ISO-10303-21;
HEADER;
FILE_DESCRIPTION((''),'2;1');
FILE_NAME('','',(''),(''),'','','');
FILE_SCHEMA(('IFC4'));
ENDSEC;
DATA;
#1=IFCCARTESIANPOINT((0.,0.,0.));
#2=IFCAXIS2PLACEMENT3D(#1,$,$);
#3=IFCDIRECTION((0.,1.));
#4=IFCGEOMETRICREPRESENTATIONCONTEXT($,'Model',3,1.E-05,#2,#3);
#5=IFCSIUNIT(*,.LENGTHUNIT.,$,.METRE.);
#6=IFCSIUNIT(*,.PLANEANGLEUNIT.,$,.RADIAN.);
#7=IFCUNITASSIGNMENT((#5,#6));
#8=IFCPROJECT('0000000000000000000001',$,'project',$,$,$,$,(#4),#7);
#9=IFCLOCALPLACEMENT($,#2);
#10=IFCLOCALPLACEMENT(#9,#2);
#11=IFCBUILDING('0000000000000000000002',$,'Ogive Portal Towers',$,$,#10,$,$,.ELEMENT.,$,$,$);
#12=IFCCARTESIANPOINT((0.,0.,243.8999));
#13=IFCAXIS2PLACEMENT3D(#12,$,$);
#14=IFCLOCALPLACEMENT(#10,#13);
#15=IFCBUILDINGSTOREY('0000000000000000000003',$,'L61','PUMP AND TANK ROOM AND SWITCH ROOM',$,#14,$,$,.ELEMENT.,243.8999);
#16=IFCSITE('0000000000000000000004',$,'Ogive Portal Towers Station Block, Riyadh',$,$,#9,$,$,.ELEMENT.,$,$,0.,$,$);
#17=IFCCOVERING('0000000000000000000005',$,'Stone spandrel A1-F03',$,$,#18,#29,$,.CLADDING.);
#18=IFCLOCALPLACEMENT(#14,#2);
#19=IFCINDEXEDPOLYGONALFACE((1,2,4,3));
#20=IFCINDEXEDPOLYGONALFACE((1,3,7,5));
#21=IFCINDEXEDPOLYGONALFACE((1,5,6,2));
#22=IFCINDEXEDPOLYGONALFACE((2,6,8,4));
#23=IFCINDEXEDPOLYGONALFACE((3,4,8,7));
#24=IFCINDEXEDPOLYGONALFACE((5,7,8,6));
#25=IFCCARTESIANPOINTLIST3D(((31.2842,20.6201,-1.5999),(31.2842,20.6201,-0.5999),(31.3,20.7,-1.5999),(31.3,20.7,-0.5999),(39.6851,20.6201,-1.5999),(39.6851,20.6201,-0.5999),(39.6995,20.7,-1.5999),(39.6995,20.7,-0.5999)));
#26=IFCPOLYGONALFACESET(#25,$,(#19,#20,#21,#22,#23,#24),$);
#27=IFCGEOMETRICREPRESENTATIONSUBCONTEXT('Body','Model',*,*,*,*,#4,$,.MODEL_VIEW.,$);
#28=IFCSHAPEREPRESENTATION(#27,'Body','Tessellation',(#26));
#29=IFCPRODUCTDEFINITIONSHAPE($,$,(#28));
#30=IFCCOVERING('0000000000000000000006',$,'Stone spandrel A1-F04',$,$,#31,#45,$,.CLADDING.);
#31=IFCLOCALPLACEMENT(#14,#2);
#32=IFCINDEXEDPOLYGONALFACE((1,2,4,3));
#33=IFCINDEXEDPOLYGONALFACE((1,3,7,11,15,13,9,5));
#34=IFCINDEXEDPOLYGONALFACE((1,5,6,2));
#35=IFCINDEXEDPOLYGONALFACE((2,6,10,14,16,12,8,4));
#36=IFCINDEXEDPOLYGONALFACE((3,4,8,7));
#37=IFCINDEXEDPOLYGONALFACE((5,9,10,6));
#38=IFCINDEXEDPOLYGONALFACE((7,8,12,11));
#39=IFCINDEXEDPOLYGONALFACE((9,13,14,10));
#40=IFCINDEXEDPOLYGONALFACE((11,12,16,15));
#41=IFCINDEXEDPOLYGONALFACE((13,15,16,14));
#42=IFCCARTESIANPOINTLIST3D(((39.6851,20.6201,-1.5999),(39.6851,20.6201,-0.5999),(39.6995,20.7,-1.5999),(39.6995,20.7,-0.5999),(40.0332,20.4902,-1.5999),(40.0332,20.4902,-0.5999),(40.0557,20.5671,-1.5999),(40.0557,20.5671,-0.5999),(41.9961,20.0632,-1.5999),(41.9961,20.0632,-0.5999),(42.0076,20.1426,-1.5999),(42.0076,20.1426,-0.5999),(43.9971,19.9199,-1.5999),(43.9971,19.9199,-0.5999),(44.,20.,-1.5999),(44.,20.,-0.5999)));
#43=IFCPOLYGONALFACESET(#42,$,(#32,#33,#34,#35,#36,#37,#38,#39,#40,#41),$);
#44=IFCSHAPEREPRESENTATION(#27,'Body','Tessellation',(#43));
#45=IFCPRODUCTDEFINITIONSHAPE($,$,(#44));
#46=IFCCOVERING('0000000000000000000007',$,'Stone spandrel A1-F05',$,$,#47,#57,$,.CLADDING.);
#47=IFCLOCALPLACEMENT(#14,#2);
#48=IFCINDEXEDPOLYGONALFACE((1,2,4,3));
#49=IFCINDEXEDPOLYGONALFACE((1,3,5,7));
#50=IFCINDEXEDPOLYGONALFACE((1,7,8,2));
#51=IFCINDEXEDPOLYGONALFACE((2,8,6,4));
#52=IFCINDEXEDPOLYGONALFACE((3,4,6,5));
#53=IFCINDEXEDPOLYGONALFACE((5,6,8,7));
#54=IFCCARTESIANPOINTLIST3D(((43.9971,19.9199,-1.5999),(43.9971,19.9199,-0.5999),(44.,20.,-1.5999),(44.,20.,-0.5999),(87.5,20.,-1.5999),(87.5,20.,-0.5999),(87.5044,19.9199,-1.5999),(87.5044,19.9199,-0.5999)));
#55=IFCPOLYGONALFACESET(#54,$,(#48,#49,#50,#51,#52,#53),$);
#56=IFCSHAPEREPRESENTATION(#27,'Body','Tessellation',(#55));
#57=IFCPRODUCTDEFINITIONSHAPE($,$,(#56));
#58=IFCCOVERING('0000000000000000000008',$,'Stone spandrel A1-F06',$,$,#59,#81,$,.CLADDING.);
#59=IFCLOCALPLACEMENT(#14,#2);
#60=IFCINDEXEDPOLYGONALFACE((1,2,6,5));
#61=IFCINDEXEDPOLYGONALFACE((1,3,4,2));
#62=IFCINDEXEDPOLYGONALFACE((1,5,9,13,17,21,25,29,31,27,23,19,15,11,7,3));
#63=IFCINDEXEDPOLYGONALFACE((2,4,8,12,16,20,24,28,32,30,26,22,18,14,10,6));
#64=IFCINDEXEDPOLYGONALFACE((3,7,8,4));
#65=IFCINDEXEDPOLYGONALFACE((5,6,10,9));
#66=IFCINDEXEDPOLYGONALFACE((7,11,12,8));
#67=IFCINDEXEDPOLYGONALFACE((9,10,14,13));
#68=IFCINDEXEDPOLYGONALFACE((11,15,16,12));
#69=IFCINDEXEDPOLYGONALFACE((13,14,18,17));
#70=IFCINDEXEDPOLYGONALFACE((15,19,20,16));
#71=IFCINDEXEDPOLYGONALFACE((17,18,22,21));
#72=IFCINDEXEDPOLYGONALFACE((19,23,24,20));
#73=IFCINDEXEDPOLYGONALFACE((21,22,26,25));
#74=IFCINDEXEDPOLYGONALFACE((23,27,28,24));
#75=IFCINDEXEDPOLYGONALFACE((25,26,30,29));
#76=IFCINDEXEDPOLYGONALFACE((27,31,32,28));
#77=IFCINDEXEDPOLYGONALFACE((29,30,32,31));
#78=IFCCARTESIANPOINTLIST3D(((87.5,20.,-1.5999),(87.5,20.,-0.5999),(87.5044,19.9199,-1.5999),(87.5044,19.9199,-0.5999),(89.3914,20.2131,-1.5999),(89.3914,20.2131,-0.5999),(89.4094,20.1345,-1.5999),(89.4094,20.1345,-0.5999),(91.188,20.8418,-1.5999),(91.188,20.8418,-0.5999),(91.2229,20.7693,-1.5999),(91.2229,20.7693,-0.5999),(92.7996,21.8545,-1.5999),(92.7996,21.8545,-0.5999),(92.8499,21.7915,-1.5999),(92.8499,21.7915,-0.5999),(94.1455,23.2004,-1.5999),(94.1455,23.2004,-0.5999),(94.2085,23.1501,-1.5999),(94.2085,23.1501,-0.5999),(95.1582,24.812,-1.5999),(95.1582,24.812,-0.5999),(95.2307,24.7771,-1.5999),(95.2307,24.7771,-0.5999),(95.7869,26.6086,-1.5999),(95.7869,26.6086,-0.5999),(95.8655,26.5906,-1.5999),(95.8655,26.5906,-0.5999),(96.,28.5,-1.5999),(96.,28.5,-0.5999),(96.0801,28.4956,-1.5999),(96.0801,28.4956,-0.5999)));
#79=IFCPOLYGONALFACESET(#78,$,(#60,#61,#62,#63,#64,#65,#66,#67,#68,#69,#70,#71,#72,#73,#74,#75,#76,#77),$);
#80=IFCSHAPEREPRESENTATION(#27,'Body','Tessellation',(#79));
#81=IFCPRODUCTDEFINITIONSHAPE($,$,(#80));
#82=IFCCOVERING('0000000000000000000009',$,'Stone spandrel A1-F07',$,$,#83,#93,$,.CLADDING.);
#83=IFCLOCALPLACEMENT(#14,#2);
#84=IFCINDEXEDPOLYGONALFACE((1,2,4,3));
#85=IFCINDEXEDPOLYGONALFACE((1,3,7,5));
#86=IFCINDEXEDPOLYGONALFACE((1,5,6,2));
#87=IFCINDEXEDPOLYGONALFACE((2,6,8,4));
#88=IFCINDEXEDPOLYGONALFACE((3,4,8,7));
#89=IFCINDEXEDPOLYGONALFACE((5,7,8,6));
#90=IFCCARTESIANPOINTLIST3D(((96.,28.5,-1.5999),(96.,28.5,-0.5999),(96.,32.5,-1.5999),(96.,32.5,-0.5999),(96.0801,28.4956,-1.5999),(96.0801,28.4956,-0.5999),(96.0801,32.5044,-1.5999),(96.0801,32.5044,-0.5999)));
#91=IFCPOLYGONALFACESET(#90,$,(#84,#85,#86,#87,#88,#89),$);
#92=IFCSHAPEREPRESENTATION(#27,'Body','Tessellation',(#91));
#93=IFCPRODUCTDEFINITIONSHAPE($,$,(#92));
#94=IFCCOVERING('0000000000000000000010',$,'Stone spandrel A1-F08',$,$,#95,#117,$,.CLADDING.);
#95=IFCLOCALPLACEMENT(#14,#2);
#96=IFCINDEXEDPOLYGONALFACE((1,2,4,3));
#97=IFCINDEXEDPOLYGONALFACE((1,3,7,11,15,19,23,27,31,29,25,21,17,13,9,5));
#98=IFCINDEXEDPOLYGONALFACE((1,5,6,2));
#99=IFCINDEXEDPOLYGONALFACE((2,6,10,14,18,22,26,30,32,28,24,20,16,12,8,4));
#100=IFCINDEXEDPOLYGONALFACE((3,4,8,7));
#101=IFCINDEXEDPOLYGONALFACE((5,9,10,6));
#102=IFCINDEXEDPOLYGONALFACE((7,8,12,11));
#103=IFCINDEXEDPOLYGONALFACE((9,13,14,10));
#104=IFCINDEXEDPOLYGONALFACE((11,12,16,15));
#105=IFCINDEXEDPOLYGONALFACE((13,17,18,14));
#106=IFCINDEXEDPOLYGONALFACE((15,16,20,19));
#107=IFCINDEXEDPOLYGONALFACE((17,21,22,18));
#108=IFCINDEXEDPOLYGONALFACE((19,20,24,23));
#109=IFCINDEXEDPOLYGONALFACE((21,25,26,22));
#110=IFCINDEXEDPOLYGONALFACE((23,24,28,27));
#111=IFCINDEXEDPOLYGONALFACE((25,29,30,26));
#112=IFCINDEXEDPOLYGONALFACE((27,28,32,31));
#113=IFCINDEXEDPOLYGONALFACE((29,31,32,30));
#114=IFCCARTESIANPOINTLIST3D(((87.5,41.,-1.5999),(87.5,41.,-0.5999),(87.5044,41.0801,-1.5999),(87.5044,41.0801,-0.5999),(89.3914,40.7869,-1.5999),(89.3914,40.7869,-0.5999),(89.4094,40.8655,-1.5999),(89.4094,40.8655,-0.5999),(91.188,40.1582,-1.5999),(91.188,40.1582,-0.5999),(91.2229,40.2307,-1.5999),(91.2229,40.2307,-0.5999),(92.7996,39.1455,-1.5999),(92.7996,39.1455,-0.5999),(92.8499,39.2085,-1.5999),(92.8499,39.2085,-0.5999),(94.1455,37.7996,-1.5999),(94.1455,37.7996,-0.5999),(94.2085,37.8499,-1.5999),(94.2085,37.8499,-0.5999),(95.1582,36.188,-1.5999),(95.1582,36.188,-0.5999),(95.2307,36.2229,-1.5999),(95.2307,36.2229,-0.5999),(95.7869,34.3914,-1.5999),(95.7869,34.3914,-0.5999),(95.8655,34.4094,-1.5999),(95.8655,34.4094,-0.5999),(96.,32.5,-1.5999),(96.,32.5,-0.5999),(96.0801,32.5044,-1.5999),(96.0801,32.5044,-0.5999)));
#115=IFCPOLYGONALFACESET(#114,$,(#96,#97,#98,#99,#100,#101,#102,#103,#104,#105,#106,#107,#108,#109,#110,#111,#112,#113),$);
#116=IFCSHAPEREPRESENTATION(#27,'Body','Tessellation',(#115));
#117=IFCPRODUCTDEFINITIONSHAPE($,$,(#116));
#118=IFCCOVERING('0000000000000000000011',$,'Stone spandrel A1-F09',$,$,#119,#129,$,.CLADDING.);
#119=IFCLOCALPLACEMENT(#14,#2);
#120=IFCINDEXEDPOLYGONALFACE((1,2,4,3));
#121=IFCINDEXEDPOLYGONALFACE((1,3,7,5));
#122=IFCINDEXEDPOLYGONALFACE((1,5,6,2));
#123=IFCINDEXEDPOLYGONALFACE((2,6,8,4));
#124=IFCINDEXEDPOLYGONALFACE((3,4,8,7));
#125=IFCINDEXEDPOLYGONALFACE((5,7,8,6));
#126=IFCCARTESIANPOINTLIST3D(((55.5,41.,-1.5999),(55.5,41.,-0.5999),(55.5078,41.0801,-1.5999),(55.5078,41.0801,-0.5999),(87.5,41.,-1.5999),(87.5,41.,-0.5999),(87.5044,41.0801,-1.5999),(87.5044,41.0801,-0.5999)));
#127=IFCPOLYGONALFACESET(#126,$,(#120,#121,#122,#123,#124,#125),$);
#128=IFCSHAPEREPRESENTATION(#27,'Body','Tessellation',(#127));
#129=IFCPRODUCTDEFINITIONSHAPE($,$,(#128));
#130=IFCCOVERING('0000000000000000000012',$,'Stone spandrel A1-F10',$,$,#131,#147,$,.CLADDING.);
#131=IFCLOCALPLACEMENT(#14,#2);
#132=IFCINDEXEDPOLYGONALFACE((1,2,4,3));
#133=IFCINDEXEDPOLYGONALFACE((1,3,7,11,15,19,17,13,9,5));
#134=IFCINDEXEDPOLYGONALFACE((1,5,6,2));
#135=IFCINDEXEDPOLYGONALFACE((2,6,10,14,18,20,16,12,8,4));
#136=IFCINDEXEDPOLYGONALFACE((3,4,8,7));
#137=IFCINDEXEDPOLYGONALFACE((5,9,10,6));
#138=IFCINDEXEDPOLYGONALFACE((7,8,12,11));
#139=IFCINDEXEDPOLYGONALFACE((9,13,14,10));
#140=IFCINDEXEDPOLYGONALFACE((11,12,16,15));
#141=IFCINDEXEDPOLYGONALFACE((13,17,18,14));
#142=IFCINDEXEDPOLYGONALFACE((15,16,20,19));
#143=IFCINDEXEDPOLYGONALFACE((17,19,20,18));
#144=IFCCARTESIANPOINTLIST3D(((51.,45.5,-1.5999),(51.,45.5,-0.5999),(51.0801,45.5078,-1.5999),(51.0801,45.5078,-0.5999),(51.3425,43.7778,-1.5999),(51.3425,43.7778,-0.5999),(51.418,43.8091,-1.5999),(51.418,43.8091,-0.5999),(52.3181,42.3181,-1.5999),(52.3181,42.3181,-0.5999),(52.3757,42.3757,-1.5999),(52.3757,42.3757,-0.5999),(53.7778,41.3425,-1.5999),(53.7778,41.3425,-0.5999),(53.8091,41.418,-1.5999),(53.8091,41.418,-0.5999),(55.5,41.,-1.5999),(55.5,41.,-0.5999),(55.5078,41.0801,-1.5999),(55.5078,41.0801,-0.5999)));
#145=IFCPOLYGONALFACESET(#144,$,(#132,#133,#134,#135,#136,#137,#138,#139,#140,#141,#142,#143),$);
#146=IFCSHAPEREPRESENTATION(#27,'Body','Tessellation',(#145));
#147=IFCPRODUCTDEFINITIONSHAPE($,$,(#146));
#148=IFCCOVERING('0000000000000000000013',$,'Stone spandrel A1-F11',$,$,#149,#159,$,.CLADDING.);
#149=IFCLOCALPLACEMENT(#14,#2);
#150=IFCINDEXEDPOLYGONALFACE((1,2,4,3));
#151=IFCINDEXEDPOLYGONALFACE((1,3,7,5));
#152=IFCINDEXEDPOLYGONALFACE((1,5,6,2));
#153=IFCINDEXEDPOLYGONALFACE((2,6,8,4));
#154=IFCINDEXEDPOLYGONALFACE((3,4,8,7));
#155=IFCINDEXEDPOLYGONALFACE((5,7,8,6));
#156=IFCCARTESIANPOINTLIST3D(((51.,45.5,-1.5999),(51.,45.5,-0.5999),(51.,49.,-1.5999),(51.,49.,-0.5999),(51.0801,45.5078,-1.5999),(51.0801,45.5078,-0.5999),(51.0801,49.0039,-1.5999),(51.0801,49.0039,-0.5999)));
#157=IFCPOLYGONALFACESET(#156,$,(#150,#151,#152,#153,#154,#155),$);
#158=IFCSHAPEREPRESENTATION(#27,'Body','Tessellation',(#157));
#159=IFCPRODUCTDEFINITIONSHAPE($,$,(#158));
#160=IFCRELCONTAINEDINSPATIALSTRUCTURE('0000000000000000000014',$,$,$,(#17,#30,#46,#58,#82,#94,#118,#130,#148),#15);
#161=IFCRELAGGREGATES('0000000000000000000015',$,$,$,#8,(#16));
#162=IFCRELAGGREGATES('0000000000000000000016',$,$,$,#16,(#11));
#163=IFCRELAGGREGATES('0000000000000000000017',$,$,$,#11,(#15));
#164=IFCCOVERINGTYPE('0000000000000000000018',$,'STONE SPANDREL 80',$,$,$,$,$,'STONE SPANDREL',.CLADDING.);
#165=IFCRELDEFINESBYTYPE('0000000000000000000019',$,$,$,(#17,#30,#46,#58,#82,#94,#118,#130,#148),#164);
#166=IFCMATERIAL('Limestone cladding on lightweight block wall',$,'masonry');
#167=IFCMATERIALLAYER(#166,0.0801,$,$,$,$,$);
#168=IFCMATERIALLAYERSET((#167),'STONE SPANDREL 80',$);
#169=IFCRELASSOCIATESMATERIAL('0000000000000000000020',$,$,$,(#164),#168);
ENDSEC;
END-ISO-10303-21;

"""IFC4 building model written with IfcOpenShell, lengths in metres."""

from ifc_helpers import new_model, si_unit, direction, frame, origin, place, context, subcontext, project, spatial, polyline, outline, extrude, material, layer, layer_set, type_object, element, save


model = new_model("IFC4")

# Units and contexts
model_context = context("Model", 3, precision=1e-05, world=origin(), true_north=direction((0.0, 1.0)))
body_context = subcontext(model_context, "Body", "Model", "MODEL_VIEW")
ifc_project = project(units=[si_unit("LENGTHUNIT", "METRE"), si_unit("PLANEANGLEUNIT", "RADIAN")], contexts=[model_context])

# Site, building, storey
site_placement = place(None, origin())
site = spatial("IfcSite", under=ifc_project, at=site_placement, Name="Ogive Portal Towers Station Block, Riyadh", CompositionType="ELEMENT", RefElevation=0.0)
building_placement = place(site_placement, origin())
building = spatial("IfcBuilding", under=site, at=building_placement, Name="Ogive Portal Towers", CompositionType="ELEMENT")
storey_placement = place(building_placement, frame((0.0, 0.0, 243.8999)))
storey = spatial("IfcBuildingStorey", under=building, at=storey_placement, Name="L61", Description="PUMP AND TANK ROOM AND SWITCH ROOM", CompositionType="ELEMENT", Elevation=243.8999)

# Coverings
ifc_material_1 = material(Name="Limestone cladding on lightweight block wall", Category="masonry")
ifc_layer_1 = layer(ifc_material_1, 0.0801)
ifc_layer_set_1 = layer_set([ifc_layer_1], Name="STONE SPANDREL 80")
covering_type_1 = type_object("IfcCoveringType", Name="STONE SPANDREL 80", ElementType="STONE SPANDREL", PredefinedType="CLADDING", material=ifc_layer_set_1)
covering_1_placement = place(storey_placement, frame((0.0, 0.0, -1.5999)))
element("IfcCovering", 1, at=covering_1_placement, inside=storey, type_object=covering_type_1, Name="Stone spandrel A1-F03", PredefinedType="CLADDING", context=body_context, shape_type="SweptSolid", body=[
    extrude(outline(polyline([(31.3, 20.7), (39.6995, 20.7), (39.6851, 20.6201), (31.2842, 20.6201), (31.3, 20.7)])), origin(), (0.0, 0.0, 1.0), 1.0),
])
covering_2_placement = place(storey_placement, frame((0.0, 0.0, -1.5999)))
element("IfcCovering", 2, at=covering_2_placement, inside=storey, type_object=covering_type_1, Name="Stone spandrel A1-F04", PredefinedType="CLADDING", context=body_context, shape_type="SweptSolid", body=[
    extrude(outline(polyline([(39.6995, 20.7), (40.0557, 20.5671), (42.0076, 20.1426), (44.0, 20.0), (43.9971, 19.9199), (41.9961, 20.0632), (40.0332, 20.4902), (39.6851, 20.6201), (39.6995, 20.7)])), origin(), (0.0, 0.0, 1.0), 1.0),
])
covering_3_placement = place(storey_placement, frame((0.0, 0.0, -1.5999)))
element("IfcCovering", 3, at=covering_3_placement, inside=storey, type_object=covering_type_1, Name="Stone spandrel A1-F05", PredefinedType="CLADDING", context=body_context, shape_type="SweptSolid", body=[
    extrude(outline(polyline([(44.0, 20.0), (87.5, 20.0), (87.5044, 19.9199), (43.9971, 19.9199), (44.0, 20.0)])), origin(), (0.0, 0.0, 1.0), 1.0),
])
covering_4_placement = place(storey_placement, frame((0.0, 0.0, -1.5999)))
element("IfcCovering", 4, at=covering_4_placement, inside=storey, type_object=covering_type_1, Name="Stone spandrel A1-F06", PredefinedType="CLADDING", context=body_context, shape_type="SweptSolid", body=[
    extrude(outline(polyline([(87.5, 20.0), (89.3914, 20.2131), (91.188, 20.8418), (92.7996, 21.8545), (94.1455, 23.2004), (95.1582, 24.812), (95.7869, 26.6086), (96.0, 28.5), (96.0801, 28.4956), (95.8655, 26.5906), (95.2307, 24.7771), (94.2085, 23.1501), (92.8499, 21.7915), (91.2229, 20.7693), (89.4094, 20.1345), (87.5044, 19.9199), (87.5, 20.0)])), origin(), (0.0, 0.0, 1.0), 1.0),
])
covering_5_placement = place(storey_placement, frame((0.0, 0.0, -1.5999)))
element("IfcCovering", 5, at=covering_5_placement, inside=storey, type_object=covering_type_1, Name="Stone spandrel A1-F07", PredefinedType="CLADDING", context=body_context, shape_type="SweptSolid", body=[
    extrude(outline(polyline([(96.0, 28.5), (96.0, 32.5), (96.0801, 32.5044), (96.0801, 28.4956), (96.0, 28.5)])), origin(), (0.0, 0.0, 1.0), 1.0),
])
covering_6_placement = place(storey_placement, frame((0.0, 0.0, -1.5999)))
element("IfcCovering", 6, at=covering_6_placement, inside=storey, type_object=covering_type_1, Name="Stone spandrel A1-F08", PredefinedType="CLADDING", context=body_context, shape_type="SweptSolid", body=[
    extrude(outline(polyline([(96.0, 32.5), (95.7869, 34.3914), (95.1582, 36.188), (94.1455, 37.7996), (92.7996, 39.1455), (91.188, 40.1582), (89.3914, 40.7869), (87.5, 41.0), (87.5044, 41.0801), (89.4094, 40.8655), (91.2229, 40.2307), (92.8499, 39.2085), (94.2085, 37.8499), (95.2307, 36.2229), (95.8655, 34.4094), (96.0801, 32.5044), (96.0, 32.5)])), origin(), (0.0, 0.0, 1.0), 1.0),
])
covering_7_placement = place(storey_placement, frame((0.0, 0.0, -1.5999)))
element("IfcCovering", 7, at=covering_7_placement, inside=storey, type_object=covering_type_1, Name="Stone spandrel A1-F09", PredefinedType="CLADDING", context=body_context, shape_type="SweptSolid", body=[
    extrude(outline(polyline([(87.5, 41.0), (55.5, 41.0), (55.5078, 41.0801), (87.5044, 41.0801), (87.5, 41.0)])), origin(), (0.0, 0.0, 1.0), 1.0),
])
covering_8_placement = place(storey_placement, frame((0.0, 0.0, -1.5999)))
element("IfcCovering", 8, at=covering_8_placement, inside=storey, type_object=covering_type_1, Name="Stone spandrel A1-F10", PredefinedType="CLADDING", context=body_context, shape_type="SweptSolid", body=[
    extrude(outline(polyline([(55.5, 41.0), (53.7778, 41.3425), (52.3181, 42.3181), (51.3425, 43.7778), (51.0, 45.5), (51.0801, 45.5078), (51.418, 43.8091), (52.3757, 42.3757), (53.8091, 41.418), (55.5078, 41.0801), (55.5, 41.0)])), origin(), (0.0, 0.0, 1.0), 1.0),
])
covering_9_placement = place(storey_placement, frame((0.0, 0.0, -1.5999)))
element("IfcCovering", 9, at=covering_9_placement, inside=storey, type_object=covering_type_1, Name="Stone spandrel A1-F11", PredefinedType="CLADDING", context=body_context, shape_type="SweptSolid", body=[
    extrude(outline(polyline([(51.0, 45.5), (51.0, 49.0), (51.0801, 49.0039), (51.0801, 45.5078), (51.0, 45.5)])), origin(), (0.0, 0.0, 1.0), 1.0),
])

save(model, "model.ifc")
